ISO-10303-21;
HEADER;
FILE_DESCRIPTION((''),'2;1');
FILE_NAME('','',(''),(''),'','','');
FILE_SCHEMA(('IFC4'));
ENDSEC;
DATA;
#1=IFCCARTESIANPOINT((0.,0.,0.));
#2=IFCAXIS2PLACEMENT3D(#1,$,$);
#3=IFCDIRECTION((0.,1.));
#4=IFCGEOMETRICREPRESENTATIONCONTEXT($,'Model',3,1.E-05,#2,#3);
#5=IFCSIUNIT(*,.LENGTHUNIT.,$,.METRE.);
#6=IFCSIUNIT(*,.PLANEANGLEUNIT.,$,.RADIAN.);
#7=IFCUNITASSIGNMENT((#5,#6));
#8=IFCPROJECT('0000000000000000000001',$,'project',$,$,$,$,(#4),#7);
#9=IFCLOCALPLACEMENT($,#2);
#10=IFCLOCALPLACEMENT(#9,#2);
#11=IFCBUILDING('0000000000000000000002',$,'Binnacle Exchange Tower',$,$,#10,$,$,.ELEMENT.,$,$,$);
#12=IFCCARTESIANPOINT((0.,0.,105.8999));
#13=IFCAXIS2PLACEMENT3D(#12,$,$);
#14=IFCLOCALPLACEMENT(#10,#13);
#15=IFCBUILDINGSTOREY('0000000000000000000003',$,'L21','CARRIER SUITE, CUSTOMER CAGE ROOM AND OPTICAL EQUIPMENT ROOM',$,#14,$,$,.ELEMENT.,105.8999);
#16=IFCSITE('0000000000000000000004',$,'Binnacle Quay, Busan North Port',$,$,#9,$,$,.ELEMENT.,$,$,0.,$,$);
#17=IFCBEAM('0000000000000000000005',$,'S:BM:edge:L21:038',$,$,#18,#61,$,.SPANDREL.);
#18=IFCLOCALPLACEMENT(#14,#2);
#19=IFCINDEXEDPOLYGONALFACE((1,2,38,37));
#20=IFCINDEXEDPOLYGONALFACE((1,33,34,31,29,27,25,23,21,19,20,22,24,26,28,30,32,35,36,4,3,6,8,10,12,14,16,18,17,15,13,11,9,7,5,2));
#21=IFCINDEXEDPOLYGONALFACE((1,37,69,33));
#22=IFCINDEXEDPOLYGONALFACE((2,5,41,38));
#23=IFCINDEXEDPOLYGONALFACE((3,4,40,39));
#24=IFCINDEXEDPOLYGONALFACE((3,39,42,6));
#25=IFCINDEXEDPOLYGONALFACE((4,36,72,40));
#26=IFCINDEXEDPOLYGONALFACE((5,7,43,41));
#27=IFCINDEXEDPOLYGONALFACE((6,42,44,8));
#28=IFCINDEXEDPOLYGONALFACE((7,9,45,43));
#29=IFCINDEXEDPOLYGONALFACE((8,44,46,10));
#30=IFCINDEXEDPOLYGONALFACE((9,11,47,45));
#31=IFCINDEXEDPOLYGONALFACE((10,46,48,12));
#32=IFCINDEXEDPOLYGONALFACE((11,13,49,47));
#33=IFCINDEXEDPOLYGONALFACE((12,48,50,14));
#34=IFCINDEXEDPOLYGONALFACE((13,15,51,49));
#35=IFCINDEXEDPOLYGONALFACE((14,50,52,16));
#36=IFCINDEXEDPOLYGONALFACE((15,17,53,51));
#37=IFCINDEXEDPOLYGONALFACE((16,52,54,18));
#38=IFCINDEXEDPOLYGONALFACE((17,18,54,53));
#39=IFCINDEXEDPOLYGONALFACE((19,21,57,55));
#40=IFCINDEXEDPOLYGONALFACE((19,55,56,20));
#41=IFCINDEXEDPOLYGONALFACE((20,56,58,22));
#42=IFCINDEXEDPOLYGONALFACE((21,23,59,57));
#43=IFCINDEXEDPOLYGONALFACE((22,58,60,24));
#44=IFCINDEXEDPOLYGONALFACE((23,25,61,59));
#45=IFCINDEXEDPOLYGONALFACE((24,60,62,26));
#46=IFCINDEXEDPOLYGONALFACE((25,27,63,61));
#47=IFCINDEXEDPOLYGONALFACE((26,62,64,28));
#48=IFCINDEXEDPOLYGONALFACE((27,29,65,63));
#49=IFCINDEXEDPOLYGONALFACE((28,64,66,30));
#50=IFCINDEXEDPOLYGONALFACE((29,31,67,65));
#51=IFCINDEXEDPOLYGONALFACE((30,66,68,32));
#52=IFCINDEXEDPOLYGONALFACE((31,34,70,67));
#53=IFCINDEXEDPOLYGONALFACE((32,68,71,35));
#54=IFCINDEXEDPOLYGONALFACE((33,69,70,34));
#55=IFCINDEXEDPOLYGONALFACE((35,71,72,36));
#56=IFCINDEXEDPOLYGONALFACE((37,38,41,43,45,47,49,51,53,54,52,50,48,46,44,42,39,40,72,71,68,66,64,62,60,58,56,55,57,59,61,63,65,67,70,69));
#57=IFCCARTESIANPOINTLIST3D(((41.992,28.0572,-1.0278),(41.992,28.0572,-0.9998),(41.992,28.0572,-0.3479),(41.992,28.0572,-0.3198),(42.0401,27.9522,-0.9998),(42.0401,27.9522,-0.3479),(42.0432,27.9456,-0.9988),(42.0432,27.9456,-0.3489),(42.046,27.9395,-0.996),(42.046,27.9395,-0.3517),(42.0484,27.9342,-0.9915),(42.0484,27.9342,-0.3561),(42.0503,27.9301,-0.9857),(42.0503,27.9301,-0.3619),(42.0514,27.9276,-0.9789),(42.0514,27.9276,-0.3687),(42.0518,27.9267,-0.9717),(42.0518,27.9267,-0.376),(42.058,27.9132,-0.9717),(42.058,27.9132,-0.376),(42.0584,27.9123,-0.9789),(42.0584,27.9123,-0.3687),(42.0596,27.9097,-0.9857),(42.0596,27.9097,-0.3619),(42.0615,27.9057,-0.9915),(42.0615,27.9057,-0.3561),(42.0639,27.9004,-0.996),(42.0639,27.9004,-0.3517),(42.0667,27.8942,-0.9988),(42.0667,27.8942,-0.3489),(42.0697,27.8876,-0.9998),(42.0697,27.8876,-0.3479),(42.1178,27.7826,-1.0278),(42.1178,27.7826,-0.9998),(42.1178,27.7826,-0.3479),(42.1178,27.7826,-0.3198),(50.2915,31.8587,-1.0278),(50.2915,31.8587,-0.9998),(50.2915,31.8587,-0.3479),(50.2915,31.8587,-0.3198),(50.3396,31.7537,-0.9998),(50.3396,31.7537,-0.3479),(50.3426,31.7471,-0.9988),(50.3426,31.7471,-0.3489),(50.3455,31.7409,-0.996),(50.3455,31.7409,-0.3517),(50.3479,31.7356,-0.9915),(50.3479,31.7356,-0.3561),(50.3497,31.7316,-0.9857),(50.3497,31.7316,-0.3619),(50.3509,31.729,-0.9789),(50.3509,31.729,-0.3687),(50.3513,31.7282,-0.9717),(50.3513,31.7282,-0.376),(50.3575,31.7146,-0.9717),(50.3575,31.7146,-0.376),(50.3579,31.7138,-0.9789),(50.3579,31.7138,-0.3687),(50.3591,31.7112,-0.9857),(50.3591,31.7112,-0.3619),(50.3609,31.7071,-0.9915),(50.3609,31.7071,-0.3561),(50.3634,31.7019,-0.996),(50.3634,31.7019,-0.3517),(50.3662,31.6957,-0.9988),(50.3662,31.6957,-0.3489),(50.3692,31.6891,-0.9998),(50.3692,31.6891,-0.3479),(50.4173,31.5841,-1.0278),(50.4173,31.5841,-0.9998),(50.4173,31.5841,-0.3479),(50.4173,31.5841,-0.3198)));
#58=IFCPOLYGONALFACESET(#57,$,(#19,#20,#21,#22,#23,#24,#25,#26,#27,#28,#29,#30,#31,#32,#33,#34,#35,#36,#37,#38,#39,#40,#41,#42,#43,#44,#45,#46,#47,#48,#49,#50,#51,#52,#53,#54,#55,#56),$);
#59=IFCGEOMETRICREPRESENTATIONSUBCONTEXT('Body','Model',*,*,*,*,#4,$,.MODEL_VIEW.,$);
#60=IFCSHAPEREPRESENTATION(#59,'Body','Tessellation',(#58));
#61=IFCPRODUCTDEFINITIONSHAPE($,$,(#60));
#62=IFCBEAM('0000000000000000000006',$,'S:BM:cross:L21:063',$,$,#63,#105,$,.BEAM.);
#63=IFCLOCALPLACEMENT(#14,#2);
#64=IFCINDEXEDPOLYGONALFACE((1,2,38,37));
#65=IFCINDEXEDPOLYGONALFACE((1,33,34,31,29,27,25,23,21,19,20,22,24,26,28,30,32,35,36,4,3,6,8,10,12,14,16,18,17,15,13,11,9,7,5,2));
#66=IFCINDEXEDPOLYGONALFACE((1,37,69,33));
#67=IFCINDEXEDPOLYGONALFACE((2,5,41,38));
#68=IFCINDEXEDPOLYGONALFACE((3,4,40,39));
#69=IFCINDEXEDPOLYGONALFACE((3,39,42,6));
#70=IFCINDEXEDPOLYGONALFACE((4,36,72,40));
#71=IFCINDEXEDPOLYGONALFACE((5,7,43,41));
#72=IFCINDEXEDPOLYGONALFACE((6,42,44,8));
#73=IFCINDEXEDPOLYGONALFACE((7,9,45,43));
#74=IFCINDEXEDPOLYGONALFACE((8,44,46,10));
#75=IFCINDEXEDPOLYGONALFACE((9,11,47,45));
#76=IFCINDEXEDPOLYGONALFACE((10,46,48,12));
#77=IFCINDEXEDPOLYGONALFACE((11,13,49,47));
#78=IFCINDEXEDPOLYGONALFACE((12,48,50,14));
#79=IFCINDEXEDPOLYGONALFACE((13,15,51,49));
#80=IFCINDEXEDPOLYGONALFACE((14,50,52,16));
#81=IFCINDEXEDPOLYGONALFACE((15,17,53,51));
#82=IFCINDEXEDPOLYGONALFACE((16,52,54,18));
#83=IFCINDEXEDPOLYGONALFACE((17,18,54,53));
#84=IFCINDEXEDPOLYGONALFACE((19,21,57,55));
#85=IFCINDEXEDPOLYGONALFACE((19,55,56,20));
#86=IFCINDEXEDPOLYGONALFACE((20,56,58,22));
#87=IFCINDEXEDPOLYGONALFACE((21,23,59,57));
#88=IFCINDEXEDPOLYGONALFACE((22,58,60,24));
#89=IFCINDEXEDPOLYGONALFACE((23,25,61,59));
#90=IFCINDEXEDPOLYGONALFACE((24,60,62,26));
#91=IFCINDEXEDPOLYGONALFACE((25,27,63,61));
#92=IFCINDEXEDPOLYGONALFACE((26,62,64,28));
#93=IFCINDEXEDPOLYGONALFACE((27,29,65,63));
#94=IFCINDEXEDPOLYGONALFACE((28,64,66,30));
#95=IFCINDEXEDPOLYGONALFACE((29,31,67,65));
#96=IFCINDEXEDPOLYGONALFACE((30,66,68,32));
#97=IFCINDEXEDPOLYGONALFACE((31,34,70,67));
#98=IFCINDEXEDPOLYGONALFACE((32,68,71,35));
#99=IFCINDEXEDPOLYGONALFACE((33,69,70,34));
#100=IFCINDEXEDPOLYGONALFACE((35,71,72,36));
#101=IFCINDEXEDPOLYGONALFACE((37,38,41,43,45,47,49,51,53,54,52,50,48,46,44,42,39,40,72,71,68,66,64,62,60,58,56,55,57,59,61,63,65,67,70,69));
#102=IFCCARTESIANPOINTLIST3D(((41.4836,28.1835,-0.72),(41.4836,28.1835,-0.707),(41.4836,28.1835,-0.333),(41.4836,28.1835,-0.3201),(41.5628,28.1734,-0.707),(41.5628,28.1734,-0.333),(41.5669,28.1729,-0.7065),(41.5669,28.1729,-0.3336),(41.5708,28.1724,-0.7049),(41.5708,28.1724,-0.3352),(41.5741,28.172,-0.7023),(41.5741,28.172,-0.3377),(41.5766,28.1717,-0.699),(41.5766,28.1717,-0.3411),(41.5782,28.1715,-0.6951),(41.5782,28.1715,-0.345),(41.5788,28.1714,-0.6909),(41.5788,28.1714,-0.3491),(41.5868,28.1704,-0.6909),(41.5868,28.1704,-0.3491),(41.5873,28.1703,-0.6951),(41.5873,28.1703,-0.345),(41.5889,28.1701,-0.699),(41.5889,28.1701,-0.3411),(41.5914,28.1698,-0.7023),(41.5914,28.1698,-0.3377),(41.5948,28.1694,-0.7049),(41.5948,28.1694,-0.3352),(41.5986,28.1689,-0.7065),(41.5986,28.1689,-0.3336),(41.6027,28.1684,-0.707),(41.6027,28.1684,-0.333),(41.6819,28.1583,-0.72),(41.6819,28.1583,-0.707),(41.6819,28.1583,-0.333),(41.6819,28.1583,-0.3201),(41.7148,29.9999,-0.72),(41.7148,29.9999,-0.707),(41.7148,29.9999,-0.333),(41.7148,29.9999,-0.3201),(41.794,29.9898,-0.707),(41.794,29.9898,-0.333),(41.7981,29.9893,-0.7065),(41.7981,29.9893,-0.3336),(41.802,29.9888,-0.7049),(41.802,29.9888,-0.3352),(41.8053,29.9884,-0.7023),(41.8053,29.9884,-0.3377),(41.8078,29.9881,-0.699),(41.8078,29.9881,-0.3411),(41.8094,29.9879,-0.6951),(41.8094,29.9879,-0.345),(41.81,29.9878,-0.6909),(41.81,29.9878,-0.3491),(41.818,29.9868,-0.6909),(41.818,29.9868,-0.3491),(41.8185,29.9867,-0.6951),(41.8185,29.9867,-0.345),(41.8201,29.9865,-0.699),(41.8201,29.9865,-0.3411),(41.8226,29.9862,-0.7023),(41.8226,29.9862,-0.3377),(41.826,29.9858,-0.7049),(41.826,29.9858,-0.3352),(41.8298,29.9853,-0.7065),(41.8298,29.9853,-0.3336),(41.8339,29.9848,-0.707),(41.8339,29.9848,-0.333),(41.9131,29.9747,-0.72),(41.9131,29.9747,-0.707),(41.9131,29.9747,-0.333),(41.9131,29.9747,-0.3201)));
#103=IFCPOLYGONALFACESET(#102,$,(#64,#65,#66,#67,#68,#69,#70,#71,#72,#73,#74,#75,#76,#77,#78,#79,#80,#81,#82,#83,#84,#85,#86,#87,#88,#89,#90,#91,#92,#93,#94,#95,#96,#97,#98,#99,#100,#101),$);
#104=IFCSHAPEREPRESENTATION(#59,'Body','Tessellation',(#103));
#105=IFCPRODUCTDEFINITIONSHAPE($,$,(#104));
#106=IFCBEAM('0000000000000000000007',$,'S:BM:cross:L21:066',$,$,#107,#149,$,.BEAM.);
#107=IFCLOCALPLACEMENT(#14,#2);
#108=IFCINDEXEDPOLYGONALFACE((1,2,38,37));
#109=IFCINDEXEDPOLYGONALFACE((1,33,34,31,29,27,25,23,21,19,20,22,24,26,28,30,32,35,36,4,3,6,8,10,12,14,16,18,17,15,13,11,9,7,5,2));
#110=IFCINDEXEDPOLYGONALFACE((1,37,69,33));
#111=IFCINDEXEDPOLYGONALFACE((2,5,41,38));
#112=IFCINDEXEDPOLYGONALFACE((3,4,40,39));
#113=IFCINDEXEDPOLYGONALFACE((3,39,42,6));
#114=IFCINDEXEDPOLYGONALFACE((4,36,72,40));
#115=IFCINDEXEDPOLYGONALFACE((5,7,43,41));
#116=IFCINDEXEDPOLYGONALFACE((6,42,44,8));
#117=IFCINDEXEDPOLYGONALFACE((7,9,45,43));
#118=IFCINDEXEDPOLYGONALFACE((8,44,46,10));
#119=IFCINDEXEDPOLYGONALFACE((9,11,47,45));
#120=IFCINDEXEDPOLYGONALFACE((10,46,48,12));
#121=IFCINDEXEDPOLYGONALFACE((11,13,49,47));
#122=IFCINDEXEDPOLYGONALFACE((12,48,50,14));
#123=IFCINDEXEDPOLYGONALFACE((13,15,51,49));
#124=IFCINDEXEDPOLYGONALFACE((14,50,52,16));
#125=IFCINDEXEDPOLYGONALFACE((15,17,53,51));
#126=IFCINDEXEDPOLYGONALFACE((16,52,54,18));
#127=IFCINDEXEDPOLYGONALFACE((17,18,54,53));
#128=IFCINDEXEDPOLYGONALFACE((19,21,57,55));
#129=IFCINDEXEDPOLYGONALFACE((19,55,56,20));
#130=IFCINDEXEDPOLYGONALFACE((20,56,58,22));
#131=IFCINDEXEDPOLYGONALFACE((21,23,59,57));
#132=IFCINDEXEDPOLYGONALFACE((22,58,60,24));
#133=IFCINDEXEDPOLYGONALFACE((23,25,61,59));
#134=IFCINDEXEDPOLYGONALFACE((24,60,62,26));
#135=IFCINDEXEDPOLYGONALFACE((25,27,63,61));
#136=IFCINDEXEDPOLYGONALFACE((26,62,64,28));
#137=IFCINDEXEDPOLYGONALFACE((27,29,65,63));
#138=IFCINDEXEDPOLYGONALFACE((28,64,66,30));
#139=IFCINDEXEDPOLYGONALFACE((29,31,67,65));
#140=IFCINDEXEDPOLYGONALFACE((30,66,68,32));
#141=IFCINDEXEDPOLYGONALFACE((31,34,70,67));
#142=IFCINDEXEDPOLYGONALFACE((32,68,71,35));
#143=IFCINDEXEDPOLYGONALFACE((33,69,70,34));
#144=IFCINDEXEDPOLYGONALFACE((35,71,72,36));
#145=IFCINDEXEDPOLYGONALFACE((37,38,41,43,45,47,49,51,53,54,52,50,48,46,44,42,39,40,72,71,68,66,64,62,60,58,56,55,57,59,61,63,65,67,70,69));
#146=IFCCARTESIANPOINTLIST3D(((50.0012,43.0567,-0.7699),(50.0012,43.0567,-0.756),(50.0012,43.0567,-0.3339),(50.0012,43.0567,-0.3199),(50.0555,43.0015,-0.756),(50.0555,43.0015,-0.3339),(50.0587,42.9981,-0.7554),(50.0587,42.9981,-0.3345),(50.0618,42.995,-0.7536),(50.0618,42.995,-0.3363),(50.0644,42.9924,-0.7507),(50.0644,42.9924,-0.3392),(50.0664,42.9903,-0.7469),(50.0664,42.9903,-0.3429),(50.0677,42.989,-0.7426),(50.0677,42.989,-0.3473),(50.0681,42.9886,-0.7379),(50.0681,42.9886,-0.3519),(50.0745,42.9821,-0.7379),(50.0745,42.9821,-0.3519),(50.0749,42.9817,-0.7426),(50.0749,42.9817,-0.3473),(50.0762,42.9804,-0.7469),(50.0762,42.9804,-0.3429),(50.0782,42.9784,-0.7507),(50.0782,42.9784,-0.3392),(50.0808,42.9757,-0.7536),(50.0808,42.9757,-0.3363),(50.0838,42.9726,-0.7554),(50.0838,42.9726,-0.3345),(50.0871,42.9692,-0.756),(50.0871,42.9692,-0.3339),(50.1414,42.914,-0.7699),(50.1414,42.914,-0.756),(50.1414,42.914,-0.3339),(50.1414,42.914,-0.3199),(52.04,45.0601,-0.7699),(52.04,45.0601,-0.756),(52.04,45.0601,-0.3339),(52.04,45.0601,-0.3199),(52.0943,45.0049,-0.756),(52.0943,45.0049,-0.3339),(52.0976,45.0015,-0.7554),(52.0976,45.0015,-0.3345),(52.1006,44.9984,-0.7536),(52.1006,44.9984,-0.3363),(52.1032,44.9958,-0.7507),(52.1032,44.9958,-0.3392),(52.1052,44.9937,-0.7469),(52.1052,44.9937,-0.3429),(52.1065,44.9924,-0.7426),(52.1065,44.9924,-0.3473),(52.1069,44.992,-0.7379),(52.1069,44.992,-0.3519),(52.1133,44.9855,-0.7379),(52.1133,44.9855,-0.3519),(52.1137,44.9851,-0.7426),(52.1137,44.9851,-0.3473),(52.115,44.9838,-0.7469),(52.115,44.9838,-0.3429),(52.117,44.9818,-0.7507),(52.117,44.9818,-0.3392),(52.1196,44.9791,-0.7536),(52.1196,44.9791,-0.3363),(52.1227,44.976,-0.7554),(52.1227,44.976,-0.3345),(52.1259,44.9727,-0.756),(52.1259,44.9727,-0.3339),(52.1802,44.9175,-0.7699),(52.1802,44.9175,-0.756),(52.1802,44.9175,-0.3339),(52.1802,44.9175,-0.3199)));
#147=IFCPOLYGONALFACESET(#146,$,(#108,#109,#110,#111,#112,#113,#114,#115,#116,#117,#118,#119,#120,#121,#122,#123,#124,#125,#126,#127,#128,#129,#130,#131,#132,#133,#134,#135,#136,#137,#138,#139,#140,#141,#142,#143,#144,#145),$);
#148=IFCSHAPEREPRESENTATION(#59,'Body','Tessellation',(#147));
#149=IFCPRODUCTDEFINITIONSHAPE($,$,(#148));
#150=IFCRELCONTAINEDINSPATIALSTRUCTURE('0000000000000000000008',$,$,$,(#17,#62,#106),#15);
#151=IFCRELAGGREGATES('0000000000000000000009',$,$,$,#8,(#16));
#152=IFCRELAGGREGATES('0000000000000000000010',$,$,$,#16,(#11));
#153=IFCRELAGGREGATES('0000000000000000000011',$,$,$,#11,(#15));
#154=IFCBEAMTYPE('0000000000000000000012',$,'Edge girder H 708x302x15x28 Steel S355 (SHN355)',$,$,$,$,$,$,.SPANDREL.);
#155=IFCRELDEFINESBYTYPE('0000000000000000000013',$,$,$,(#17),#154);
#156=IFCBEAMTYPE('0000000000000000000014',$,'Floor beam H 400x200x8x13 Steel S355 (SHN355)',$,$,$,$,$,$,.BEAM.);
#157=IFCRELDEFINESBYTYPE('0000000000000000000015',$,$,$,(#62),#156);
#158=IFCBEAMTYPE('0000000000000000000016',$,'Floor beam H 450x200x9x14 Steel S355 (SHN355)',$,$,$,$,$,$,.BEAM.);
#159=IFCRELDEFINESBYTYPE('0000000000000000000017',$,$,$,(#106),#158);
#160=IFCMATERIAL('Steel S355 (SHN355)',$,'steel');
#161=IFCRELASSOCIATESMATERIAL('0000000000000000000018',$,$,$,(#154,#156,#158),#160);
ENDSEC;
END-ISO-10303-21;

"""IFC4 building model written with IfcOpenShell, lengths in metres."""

from ifc_helpers import new_model, si_unit, direction, frame, origin, origin_2d, place, context, subcontext, project, spatial, i_section, extrude, material, material_profile, profile_set, type_object, element, save


model = new_model("IFC4")

# Units and contexts
model_context = context("Model", 3, precision=1e-05, world=origin(), true_north=direction((0.0, 1.0)))
body_context = subcontext(model_context, "Body", "Model", "MODEL_VIEW")
ifc_project = project(units=[si_unit("LENGTHUNIT", "METRE"), si_unit("PLANEANGLEUNIT", "RADIAN")], contexts=[model_context])

# Site, building, storey
site_placement = place(None, origin())
site = spatial("IfcSite", under=ifc_project, at=site_placement, Name="Binnacle Quay, Busan North Port", CompositionType="ELEMENT", RefElevation=0.0)
building_placement = place(site_placement, origin())
building = spatial("IfcBuilding", under=site, at=building_placement, Name="Binnacle Exchange Tower", CompositionType="ELEMENT")
storey_placement = place(building_placement, frame((0.0, 0.0, 105.8999)))
storey = spatial("IfcBuildingStorey", under=building, at=storey_placement, Name="L21", Description="CARRIER SUITE, CUSTOMER CAGE ROOM AND OPTICAL EQUIPMENT ROOM", CompositionType="ELEMENT", Elevation=105.8999)

# Beams
ifc_material_1 = material(Name="Steel S355 (SHN355)", Category="steel")
ifc_material_profile_1 = material_profile(ifc_material_1, i_section(OverallWidth=0.302, OverallDepth=0.708, WebThickness=0.0149, FlangeThickness=0.0281, FilletRadius=0.0281, at=origin_2d()), Name="H 708x302x15x28")
ifc_profile_set_1 = profile_set([ifc_material_profile_1], Name="Steel S355 (SHN355)")
beam_type_1 = type_object("IfcBeamType", Name="Edge girder H 708x302x15x28 Steel S355 (SHN355)", PredefinedType="SPANDREL", material=ifc_profile_set_1)
beam_1_placement = place(storey_placement, frame((42.0549, 27.9199, -0.6738), z_axis=(0.909167, 0.416433, 0.0), x_axis=(-0.416433, 0.909167, 0.0)))
element("IfcBeam", 1, at=beam_1_placement, inside=storey, type_object=beam_type_1, Name="S:BM:edge:L21:038", PredefinedType="SPANDREL", context=body_context, shape_type="SweptSolid", body=[
    extrude(i_section(OverallWidth=0.302, OverallDepth=0.708, WebThickness=0.0149, FlangeThickness=0.0281, FilletRadius=0.0281, at=origin_2d()), origin(), (0.0, 0.0, 1.0), 9.1287),
])
ifc_material_profile_2 = material_profile(ifc_material_1, i_section(OverallWidth=0.2, OverallDepth=0.3999, WebThickness=0.0081, FlangeThickness=0.0129, FilletRadius=0.0161, at=origin_2d()), Name="H 400x200x8x13")
ifc_profile_set_2 = profile_set([ifc_material_profile_2], Name="Steel S355 (SHN355)")
beam_type_2 = type_object("IfcBeamType", Name="Floor beam H 400x200x8x13 Steel S355 (SHN355)", PredefinedType="BEAM", material=ifc_profile_set_2)
beam_2_placement = place(storey_placement, frame((41.5828, 28.1709, -0.52), z_axis=(0.126266, 0.991996, 0.0), x_axis=(-0.991996, 0.126266, 0.0)))
element("IfcBeam", 2, at=beam_2_placement, inside=storey, type_object=beam_type_2, Name="S:BM:cross:L21:063", PredefinedType="BEAM", context=body_context, shape_type="SweptSolid", body=[
    extrude(i_section(OverallWidth=0.2, OverallDepth=0.3999, WebThickness=0.0081, FlangeThickness=0.0129, FilletRadius=0.0161, at=origin_2d()), origin(), (0.0, 0.0, 1.0), 1.8311),
])
ifc_material_profile_3 = material_profile(ifc_material_1, i_section(OverallWidth=0.2, OverallDepth=0.45, WebThickness=0.009, FlangeThickness=0.0139, FilletRadius=0.0181, at=origin_2d()), Name="H 450x200x9x14")
ifc_profile_set_3 = profile_set([ifc_material_profile_3], Name="Steel S355 (SHN355)")
beam_type_3 = type_object("IfcBeamType", Name="Floor beam H 450x200x9x14 Steel S355 (SHN355)", PredefinedType="BEAM", material=ifc_profile_set_3)
beam_3_placement = place(storey_placement, frame((52.1101, 44.9888, -0.5449), z_axis=(-0.713272, -0.700887, 0.0), x_axis=(0.700887, -0.713272, 0.0)))
element("IfcBeam", 3, at=beam_3_placement, inside=storey, type_object=beam_type_3, Name="S:BM:cross:L21:066", PredefinedType="BEAM", context=body_context, shape_type="SweptSolid", body=[
    extrude(i_section(OverallWidth=0.2, OverallDepth=0.45, WebThickness=0.009, FlangeThickness=0.0139, FilletRadius=0.0181, at=origin_2d()), origin(), (0.0, 0.0, 1.0), 2.8584),
])

save(model, "model.ifc")
